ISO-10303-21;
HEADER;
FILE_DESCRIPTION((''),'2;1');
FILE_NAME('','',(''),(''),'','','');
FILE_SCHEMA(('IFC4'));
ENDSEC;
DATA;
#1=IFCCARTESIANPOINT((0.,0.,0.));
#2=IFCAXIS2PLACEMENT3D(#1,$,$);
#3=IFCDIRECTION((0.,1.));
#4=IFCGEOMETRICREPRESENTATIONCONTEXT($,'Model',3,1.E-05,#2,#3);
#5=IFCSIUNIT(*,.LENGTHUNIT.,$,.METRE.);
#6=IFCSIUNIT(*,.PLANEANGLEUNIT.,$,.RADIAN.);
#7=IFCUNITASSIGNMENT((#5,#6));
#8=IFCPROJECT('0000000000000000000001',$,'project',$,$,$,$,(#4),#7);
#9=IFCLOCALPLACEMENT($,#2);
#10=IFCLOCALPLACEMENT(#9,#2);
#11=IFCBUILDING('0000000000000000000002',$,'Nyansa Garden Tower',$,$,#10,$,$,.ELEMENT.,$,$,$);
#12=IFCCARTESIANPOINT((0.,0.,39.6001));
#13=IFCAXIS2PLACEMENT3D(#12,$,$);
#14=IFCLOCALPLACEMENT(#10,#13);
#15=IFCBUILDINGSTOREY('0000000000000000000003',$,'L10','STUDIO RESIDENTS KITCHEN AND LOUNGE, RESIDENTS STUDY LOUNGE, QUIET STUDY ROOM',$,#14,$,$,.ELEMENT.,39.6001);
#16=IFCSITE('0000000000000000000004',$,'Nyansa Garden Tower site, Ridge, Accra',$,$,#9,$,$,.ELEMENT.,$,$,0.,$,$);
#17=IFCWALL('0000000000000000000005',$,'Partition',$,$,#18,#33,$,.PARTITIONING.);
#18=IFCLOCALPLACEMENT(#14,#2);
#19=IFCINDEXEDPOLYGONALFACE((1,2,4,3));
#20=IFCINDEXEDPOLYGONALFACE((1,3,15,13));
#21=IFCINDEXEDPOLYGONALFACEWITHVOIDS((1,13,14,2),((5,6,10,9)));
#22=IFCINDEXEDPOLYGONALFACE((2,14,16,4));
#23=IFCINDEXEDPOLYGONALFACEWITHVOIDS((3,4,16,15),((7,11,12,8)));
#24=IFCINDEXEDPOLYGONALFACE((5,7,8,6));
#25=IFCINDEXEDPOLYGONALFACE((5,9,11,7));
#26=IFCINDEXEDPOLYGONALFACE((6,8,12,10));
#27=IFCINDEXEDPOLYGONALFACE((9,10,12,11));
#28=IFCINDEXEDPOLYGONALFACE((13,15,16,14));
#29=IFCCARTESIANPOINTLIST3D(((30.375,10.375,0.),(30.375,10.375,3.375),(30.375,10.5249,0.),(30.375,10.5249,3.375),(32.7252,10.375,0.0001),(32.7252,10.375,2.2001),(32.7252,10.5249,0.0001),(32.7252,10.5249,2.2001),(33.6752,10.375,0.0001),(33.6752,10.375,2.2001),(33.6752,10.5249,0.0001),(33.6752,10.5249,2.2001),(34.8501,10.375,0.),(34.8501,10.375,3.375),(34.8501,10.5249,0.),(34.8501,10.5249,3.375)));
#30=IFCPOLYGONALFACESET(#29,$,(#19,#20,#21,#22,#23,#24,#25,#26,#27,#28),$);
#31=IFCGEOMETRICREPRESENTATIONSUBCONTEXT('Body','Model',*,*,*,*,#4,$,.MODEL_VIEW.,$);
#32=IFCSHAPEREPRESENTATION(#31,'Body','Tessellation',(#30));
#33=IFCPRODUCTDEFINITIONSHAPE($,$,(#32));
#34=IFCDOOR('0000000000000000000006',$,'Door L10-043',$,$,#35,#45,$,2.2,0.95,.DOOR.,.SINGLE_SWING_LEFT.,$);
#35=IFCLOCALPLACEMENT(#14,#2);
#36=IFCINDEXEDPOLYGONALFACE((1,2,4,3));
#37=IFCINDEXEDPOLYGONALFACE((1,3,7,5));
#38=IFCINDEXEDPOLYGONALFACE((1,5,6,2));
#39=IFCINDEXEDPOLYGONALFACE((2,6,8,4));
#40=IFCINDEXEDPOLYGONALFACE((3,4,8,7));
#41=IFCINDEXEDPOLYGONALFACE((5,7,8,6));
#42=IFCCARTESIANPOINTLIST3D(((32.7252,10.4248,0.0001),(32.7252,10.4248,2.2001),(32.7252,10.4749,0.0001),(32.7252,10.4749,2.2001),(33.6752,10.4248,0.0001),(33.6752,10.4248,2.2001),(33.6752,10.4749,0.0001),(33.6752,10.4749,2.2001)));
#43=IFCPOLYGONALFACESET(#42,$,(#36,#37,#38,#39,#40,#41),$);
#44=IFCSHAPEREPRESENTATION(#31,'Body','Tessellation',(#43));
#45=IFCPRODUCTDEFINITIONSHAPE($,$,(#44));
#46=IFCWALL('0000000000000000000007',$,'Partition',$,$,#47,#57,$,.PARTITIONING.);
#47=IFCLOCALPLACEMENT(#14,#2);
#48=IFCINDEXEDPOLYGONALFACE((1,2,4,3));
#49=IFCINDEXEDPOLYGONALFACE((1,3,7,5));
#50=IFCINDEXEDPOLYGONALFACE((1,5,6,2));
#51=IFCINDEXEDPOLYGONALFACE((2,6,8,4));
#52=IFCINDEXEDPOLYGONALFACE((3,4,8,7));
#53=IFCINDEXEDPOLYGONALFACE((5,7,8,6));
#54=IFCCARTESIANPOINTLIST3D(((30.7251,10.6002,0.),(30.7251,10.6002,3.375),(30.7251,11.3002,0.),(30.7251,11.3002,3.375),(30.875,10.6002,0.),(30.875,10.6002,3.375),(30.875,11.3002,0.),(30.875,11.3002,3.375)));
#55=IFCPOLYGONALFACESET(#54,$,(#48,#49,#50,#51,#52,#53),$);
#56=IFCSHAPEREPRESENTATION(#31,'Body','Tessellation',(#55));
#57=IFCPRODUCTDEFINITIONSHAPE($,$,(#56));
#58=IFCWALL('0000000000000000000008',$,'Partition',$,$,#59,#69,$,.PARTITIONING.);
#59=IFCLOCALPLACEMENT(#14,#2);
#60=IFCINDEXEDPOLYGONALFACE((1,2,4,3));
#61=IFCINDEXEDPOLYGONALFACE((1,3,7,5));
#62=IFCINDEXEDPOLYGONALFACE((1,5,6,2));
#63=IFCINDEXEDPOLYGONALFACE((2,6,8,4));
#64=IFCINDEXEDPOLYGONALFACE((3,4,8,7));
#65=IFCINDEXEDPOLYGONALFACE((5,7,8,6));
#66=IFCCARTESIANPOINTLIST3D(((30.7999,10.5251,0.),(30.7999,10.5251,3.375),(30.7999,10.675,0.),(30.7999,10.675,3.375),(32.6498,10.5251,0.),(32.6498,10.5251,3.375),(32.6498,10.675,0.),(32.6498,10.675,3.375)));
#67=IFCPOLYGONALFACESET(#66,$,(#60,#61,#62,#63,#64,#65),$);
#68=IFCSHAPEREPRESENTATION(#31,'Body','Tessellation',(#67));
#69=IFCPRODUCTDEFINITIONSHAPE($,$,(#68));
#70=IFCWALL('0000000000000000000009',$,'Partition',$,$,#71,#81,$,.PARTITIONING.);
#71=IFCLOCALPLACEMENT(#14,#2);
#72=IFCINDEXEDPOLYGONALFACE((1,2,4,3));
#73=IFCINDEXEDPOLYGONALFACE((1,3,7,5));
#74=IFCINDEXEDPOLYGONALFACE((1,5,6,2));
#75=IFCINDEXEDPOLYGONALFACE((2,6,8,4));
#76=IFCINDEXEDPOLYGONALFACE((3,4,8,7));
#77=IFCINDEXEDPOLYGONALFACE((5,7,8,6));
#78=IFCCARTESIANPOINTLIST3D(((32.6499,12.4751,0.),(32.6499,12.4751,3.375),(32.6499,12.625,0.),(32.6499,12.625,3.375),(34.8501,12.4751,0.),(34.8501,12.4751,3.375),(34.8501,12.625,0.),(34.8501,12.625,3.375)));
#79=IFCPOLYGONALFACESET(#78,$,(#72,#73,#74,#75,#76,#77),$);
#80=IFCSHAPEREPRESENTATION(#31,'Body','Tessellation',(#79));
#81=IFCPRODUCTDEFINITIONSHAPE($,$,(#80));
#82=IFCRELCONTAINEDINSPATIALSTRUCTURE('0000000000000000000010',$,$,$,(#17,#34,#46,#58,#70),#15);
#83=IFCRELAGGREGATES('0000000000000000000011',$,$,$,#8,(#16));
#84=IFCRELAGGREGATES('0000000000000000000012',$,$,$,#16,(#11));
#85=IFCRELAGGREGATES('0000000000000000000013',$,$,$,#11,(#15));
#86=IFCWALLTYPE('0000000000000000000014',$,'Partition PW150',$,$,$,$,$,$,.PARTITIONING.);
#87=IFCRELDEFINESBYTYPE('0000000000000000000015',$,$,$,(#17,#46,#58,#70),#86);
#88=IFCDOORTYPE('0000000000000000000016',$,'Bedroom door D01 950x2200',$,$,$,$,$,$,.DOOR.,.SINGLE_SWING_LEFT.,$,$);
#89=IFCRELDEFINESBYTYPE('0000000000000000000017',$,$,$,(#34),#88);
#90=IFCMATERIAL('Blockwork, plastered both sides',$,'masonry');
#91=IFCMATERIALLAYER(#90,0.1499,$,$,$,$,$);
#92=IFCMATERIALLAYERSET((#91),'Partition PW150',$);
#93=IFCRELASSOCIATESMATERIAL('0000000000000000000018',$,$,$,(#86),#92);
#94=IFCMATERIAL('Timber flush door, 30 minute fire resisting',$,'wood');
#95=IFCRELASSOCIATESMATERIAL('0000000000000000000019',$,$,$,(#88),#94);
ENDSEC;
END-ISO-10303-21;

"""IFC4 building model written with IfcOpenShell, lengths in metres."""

from ifc_helpers import new_model, si_unit, direction, frame, frame_2d, origin, place, context, subcontext, project, spatial, rectangle, extrude, material, layer, layer_set, type_object, element, fill, save


model = new_model("IFC4")

# Units and contexts
model_context = context("Model", 3, precision=1e-05, world=origin(), true_north=direction((0.0, 1.0)))
body_context = subcontext(model_context, "Body", "Model", "MODEL_VIEW")
ifc_project = project(units=[si_unit("LENGTHUNIT", "METRE"), si_unit("PLANEANGLEUNIT", "RADIAN")], contexts=[model_context])

# Site, building, storey
site_placement = place(None, origin())
site = spatial("IfcSite", under=ifc_project, at=site_placement, Name="Nyansa Garden Tower site, Ridge, Accra", CompositionType="ELEMENT", RefElevation=0.0)
building_placement = place(site_placement, origin())
building = spatial("IfcBuilding", under=site, at=building_placement, Name="Nyansa Garden Tower", CompositionType="ELEMENT")
storey_placement = place(building_placement, frame((0.0, 0.0, 39.6001)))
storey = spatial("IfcBuildingStorey", under=building, at=storey_placement, Name="L10", Description="STUDIO RESIDENTS KITCHEN AND LOUNGE, RESIDENTS STUDY LOUNGE, QUIET STUDY ROOM", CompositionType="ELEMENT", Elevation=39.6001)

# Shared definitions
ifc_material_1 = material(Name="Blockwork, plastered both sides", Category="masonry")
ifc_layer_1 = layer(ifc_material_1, 0.1499)
ifc_layer_set_1 = layer_set([ifc_layer_1], Name="Partition PW150")
wall_type_1 = type_object("IfcWallType", Name="Partition PW150", PredefinedType="PARTITIONING", material=ifc_layer_set_1)
ifc_material_2 = material(Name="Timber flush door, 30 minute fire resisting", Category="wood")
door_type_1 = type_object("IfcDoorType", Name="Bedroom door D01 950x2200", OperationType="SINGLE_SWING_LEFT", PredefinedType="DOOR", material=ifc_material_2)

# Wall, opening, door
wall_1_placement = place(storey_placement, frame((30.375, 10.45, 0.0), z_axis=(0.0, 0.0, 1.0), x_axis=(1.0, 0.0, 0.0)))
wall_1 = element("IfcWall", 1, at=wall_1_placement, inside=storey, type_object=wall_type_1, Name="Partition", PredefinedType="PARTITIONING", context=body_context, shape_type="SweptSolid", body=[
    extrude(rectangle(XDim=4.4751, YDim=0.1499, at=frame_2d((2.2375, 0.0))), origin(), (0.0, 0.0, 1.0), 3.375),
])
opening_1_placement = place(wall_1_placement, frame((2.3501, 0.0, 0.0)))
opening_1 = element("IfcOpeningElement", 2, at=opening_1_placement, cuts=wall_1, PredefinedType="OPENING", context=body_context, shape_type="SweptSolid", body=[
    extrude(rectangle(XDim=0.95, YDim=2.2, at=frame_2d((0.4751, 1.1001))), frame((0.0, 0.085, 0.0), z_axis=(0.0, -1.0, 0.0), x_axis=(1.0, 0.0, 0.0)), (0.0, 0.0, 1.0), 0.1699),
])
door_1_placement = place(opening_1_placement, origin())
door_1 = element("IfcDoor", 3, at=door_1_placement, inside=storey, type_object=door_type_1, Name="Door L10-043", OperationType="SINGLE_SWING_LEFT", OverallHeight=2.2, OverallWidth=0.95, PredefinedType="DOOR", context=body_context, shape_type="SweptSolid", body=[
    extrude(rectangle(XDim=0.95, YDim=2.2, at=frame_2d((0.4751, 1.1001))), frame((0.0, 0.0249, 0.0), z_axis=(0.0, -1.0, 0.0), x_axis=(1.0, 0.0, 0.0)), (0.0, 0.0, 1.0), 0.05),
])
fill(opening_1, door_1)

# Walls
wall_2_placement = place(storey_placement, frame((30.8, 10.6001, 0.0), z_axis=(0.0, 0.0, 1.0), x_axis=(0.0, 1.0, 0.0)))
element("IfcWall", 4, at=wall_2_placement, inside=storey, type_object=wall_type_1, Name="Partition", PredefinedType="PARTITIONING", context=body_context, shape_type="SweptSolid", body=[
    extrude(rectangle(XDim=0.7, YDim=0.1499, at=frame_2d((0.3501, 0.0))), origin(), (0.0, 0.0, 1.0), 3.375),
])
wall_3_placement = place(storey_placement, frame((30.8, 10.6001, 0.0), z_axis=(0.0, 0.0, 1.0), x_axis=(1.0, 0.0, 0.0)))
element("IfcWall", 5, at=wall_3_placement, inside=storey, type_object=wall_type_1, Name="Partition", PredefinedType="PARTITIONING", context=body_context, shape_type="SweptSolid", body=[
    extrude(rectangle(XDim=1.8499, YDim=0.1499, at=frame_2d((0.9248, 0.0))), origin(), (0.0, 0.0, 1.0), 3.375),
])
wall_4_placement = place(storey_placement, frame((32.6499, 12.55, 0.0), z_axis=(0.0, 0.0, 1.0), x_axis=(1.0, 0.0, 0.0)))
element("IfcWall", 6, at=wall_4_placement, inside=storey, type_object=wall_type_1, Name="Partition", PredefinedType="PARTITIONING", context=body_context, shape_type="SweptSolid", body=[
    extrude(rectangle(XDim=2.2002, YDim=0.1499, at=frame_2d((1.1001, 0.0))), origin(), (0.0, 0.0, 1.0), 3.375),
])

save(model, "model.ifc")
